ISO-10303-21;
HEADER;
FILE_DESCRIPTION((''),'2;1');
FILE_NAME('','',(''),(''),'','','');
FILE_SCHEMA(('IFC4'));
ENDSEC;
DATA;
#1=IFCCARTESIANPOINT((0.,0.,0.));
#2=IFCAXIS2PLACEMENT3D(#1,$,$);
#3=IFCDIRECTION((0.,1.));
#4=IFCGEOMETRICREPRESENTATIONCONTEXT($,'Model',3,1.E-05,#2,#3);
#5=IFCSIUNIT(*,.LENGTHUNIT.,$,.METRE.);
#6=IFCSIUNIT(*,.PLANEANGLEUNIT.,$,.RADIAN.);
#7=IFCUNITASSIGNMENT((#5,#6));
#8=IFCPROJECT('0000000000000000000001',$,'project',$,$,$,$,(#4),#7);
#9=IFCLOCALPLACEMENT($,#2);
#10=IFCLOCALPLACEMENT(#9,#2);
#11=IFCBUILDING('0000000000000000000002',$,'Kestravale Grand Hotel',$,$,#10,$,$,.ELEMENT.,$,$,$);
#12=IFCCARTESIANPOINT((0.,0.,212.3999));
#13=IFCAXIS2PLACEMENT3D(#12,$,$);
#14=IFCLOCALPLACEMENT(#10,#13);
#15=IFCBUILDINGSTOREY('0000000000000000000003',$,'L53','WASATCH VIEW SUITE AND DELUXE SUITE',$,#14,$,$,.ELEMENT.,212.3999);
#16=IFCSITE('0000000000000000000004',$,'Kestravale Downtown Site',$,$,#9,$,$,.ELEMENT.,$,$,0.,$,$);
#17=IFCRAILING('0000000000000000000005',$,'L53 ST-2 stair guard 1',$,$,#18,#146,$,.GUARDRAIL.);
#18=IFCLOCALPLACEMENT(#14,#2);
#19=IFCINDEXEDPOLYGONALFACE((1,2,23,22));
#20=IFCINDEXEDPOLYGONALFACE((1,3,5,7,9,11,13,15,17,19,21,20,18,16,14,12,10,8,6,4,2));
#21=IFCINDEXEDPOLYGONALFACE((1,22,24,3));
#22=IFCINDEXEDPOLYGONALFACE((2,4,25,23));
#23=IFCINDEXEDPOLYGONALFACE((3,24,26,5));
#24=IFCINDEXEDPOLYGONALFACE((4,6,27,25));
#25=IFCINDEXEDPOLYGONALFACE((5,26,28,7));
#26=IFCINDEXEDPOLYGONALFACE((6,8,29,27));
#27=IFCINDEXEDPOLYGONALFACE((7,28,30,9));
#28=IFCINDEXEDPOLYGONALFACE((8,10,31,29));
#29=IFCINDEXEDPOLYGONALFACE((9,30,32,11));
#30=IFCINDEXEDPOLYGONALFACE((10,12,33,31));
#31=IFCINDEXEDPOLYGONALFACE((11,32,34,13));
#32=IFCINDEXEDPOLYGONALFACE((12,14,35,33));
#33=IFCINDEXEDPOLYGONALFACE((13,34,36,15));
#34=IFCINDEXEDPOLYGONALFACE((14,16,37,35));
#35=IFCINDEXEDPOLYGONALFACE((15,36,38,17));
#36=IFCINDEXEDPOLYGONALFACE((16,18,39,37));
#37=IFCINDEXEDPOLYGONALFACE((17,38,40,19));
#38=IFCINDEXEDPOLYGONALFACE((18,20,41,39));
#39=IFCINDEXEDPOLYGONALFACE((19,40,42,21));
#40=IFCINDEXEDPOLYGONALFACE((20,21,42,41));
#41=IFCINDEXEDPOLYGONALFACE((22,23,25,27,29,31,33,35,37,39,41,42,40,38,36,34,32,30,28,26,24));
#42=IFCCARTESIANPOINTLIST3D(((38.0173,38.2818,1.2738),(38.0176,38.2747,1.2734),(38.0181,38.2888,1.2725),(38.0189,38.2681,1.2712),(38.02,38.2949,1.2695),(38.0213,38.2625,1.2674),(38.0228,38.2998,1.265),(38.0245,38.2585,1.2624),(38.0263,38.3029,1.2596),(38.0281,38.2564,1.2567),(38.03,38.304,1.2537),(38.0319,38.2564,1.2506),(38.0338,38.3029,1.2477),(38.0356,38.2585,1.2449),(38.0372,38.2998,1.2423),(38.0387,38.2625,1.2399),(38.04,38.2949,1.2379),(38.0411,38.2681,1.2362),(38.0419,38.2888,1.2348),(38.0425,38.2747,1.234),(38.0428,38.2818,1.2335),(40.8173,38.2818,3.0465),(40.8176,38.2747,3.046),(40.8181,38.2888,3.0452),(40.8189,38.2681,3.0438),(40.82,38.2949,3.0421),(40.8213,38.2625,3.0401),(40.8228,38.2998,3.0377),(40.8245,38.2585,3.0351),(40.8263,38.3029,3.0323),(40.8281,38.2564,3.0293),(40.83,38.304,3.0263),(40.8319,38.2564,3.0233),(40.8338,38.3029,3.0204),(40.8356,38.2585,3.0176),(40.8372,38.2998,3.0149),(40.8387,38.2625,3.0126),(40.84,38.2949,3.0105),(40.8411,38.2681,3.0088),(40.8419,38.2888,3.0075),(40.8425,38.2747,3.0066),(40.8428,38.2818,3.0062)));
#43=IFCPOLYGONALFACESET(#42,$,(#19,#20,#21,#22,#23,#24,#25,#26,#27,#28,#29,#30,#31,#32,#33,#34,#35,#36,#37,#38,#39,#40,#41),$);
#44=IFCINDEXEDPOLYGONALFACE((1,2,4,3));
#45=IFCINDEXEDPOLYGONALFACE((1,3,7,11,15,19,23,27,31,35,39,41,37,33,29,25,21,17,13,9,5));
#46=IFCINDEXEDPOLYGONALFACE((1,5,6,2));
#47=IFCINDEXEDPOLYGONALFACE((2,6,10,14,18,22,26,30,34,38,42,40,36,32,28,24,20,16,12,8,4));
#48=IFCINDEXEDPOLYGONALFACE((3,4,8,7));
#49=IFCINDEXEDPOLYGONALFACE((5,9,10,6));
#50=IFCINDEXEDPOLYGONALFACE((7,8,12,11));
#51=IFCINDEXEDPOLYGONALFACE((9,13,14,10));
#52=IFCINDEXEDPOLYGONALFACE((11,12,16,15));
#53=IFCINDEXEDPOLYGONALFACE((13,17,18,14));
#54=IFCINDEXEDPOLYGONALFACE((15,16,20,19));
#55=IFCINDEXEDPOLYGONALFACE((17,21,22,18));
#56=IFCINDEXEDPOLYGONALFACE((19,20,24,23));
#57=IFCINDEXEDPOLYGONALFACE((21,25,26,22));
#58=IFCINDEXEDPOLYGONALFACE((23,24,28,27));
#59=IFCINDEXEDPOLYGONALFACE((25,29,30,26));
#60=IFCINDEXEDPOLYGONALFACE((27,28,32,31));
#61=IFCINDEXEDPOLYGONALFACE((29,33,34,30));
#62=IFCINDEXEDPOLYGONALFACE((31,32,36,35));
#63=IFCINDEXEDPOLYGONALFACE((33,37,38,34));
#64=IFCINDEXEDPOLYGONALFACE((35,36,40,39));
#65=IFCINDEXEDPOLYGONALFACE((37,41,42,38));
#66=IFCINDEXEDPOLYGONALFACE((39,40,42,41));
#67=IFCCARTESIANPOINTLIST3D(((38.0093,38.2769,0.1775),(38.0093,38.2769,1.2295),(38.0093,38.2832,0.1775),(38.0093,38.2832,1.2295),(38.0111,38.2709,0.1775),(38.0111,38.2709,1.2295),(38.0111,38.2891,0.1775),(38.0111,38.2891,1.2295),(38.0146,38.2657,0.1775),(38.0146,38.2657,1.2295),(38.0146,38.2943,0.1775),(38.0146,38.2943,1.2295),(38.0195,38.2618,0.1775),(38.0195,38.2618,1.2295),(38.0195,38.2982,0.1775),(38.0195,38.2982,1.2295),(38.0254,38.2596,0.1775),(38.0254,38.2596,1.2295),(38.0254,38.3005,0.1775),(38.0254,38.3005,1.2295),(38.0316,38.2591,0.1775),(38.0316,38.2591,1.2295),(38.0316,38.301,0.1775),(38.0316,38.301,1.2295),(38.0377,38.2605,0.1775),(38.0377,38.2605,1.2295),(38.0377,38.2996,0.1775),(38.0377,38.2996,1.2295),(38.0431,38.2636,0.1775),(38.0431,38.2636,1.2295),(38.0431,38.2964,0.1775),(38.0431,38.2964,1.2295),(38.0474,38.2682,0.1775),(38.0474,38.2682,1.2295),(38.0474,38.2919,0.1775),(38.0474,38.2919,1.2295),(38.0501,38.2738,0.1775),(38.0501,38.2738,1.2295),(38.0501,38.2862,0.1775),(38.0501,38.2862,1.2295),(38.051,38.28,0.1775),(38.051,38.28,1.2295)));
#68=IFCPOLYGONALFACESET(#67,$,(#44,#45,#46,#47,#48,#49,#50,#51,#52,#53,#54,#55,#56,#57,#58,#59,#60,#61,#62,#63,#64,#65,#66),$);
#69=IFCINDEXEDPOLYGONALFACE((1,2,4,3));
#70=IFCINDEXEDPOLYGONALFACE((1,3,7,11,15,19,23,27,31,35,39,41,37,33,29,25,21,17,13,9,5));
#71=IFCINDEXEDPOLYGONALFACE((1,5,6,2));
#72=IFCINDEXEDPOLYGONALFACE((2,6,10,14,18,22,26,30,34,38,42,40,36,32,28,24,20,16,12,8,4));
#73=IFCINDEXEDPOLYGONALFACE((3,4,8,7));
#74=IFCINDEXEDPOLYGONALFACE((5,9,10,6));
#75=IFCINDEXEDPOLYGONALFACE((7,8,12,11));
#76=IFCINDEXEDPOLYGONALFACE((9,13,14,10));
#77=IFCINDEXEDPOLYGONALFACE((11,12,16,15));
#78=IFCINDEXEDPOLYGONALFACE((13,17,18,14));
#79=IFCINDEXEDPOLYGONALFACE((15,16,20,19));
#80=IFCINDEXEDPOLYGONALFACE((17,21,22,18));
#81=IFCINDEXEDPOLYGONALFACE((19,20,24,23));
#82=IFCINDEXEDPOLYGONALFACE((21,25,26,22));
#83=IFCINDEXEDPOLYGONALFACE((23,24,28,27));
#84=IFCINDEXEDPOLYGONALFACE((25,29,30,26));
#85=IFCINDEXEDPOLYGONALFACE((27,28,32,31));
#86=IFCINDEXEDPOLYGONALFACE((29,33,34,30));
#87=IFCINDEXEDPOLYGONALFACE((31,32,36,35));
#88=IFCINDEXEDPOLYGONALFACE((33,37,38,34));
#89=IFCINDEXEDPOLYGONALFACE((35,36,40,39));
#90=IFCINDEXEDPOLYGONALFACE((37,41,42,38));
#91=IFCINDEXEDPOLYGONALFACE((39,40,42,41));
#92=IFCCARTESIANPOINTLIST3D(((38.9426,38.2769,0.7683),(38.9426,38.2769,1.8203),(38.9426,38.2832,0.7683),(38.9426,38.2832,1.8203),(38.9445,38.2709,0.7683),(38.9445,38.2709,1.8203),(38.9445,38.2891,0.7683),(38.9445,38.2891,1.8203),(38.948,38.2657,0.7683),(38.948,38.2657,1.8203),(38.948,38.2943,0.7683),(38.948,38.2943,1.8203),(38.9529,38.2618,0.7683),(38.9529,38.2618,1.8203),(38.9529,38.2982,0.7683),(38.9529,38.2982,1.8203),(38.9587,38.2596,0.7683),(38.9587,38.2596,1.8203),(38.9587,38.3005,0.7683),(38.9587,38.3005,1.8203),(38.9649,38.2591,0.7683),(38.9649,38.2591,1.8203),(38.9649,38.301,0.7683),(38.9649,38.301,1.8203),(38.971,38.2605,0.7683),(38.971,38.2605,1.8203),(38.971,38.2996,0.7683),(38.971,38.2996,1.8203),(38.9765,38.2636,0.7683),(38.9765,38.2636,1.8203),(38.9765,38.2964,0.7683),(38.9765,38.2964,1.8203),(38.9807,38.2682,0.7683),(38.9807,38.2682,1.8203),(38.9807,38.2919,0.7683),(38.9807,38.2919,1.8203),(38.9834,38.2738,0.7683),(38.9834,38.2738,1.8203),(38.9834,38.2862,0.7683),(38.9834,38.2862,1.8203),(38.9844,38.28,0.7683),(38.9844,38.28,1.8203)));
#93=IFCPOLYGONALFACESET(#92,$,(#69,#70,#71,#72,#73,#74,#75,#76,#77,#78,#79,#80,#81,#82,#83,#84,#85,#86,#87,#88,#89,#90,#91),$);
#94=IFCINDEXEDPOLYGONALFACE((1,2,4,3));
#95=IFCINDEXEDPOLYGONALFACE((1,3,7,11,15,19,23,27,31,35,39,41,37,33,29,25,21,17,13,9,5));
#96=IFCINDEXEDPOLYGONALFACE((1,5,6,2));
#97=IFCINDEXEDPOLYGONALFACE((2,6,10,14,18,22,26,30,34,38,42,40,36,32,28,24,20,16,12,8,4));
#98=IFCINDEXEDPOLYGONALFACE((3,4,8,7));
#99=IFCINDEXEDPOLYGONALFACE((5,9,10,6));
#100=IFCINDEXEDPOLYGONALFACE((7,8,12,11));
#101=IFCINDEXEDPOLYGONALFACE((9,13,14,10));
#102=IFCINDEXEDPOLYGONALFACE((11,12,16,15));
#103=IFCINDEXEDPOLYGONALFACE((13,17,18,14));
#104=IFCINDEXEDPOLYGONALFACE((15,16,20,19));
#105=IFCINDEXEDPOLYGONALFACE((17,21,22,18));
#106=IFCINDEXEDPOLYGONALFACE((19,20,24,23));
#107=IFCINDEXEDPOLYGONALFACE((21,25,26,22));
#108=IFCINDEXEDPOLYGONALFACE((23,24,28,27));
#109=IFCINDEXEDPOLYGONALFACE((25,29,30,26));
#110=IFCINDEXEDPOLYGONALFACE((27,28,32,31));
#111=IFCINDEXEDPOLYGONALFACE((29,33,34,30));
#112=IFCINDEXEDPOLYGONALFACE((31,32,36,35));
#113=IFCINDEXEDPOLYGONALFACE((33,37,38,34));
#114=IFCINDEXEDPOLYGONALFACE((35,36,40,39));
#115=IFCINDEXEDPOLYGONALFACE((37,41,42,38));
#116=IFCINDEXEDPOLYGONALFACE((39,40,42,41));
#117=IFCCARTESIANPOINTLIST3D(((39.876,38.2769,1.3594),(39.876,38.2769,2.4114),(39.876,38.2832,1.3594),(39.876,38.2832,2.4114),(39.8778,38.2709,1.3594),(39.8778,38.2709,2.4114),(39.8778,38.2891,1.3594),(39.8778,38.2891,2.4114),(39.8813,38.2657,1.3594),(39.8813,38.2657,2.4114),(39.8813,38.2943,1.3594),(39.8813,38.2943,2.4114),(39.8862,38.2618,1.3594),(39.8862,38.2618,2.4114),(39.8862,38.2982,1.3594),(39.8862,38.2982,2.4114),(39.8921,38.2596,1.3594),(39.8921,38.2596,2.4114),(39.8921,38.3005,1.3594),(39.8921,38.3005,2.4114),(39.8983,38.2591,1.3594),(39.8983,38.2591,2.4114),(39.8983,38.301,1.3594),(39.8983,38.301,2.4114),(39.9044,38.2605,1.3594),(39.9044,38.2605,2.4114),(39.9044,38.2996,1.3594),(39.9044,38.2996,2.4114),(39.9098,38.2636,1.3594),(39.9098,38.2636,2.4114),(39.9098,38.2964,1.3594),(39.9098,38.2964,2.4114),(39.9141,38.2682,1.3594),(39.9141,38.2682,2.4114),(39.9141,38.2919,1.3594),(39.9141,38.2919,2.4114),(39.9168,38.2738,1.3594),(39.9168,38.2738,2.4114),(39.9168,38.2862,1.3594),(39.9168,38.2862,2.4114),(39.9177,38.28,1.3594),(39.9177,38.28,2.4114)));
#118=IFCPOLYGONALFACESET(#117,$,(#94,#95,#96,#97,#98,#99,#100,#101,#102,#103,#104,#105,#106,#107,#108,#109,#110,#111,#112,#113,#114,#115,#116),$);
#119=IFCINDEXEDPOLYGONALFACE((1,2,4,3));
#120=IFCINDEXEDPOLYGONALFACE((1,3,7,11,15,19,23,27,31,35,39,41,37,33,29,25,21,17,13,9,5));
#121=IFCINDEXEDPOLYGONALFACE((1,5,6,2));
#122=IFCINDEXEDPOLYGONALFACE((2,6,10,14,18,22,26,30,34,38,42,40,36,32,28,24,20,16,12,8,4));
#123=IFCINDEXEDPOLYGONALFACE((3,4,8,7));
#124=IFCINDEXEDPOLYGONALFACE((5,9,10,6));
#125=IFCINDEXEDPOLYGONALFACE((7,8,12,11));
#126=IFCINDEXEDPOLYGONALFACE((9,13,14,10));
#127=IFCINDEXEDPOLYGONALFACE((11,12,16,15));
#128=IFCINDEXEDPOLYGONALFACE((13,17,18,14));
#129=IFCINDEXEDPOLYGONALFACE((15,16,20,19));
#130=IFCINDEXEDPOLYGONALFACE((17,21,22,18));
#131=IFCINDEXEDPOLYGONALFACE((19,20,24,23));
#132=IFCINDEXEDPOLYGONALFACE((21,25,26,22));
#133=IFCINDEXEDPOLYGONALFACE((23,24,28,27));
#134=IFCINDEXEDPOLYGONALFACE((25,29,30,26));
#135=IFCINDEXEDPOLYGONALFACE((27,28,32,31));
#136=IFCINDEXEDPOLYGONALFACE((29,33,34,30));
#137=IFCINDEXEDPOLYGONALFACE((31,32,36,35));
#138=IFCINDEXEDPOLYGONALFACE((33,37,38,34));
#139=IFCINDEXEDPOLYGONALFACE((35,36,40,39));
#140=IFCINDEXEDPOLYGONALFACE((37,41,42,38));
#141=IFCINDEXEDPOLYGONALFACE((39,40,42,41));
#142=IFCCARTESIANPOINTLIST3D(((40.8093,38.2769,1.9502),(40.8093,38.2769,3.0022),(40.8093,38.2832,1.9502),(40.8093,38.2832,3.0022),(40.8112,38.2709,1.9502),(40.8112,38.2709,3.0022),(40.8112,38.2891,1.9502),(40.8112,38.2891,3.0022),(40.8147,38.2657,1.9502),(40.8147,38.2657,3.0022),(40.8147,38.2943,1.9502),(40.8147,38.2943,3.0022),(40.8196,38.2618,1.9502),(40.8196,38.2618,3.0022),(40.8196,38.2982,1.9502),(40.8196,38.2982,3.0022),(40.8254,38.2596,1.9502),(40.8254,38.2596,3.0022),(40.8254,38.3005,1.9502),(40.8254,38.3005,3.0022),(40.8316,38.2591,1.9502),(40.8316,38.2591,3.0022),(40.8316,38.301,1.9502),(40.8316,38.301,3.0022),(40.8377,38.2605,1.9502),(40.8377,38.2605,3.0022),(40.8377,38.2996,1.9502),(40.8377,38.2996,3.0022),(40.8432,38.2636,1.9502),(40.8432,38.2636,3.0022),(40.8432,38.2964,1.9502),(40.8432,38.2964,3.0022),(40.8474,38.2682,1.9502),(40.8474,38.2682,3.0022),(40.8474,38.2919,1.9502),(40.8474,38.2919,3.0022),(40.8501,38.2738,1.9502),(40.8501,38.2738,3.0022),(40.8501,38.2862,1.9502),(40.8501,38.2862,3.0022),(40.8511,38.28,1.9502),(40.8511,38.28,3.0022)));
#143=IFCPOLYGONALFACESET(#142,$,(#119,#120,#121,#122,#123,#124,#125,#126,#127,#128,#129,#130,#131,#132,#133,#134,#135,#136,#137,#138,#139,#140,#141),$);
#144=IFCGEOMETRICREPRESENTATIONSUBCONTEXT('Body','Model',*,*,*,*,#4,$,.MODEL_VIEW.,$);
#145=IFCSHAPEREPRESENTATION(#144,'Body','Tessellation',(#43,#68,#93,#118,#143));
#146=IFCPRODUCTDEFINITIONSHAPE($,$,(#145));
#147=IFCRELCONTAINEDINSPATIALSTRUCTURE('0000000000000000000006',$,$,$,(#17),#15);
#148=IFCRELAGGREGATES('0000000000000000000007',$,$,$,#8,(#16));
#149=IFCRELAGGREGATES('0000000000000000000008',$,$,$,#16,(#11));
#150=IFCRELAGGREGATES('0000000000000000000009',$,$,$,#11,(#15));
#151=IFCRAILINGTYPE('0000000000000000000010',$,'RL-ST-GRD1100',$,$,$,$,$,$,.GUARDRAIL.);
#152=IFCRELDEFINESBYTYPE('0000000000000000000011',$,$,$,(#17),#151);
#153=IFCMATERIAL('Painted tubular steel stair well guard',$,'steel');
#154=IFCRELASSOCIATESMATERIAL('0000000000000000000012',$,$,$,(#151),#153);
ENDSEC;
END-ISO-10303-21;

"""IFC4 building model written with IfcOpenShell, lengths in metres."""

from ifc_helpers import new_model, si_unit, direction, frame, origin, origin_2d, place, context, subcontext, project, spatial, circle, extrude, material, type_object, element, save


model = new_model("IFC4")

# Units and contexts
model_context = context("Model", 3, precision=1e-05, world=origin(), true_north=direction((0.0, 1.0)))
body_context = subcontext(model_context, "Body", "Model", "MODEL_VIEW")
ifc_project = project(units=[si_unit("LENGTHUNIT", "METRE"), si_unit("PLANEANGLEUNIT", "RADIAN")], contexts=[model_context])

# Site, building, storey
site_placement = place(None, origin())
site = spatial("IfcSite", under=ifc_project, at=site_placement, Name="Kestravale Downtown Site", CompositionType="ELEMENT", RefElevation=0.0)
building_placement = place(site_placement, origin())
building = spatial("IfcBuilding", under=site, at=building_placement, Name="Kestravale Grand Hotel", CompositionType="ELEMENT")
storey_placement = place(building_placement, frame((0.0, 0.0, 212.3999)))
storey = spatial("IfcBuildingStorey", under=building, at=storey_placement, Name="L53", Description="WASATCH VIEW SUITE AND DELUXE SUITE", CompositionType="ELEMENT", Elevation=212.3999)

# Railing
ifc_material_1 = material(Name="Painted tubular steel stair well guard", Category="steel")
railing_type_1 = type_object("IfcRailingType", Name="RL-ST-GRD1100", PredefinedType="GUARDRAIL", material=ifc_material_1)
railing_1_placement = place(storey_placement, frame((38.03, 38.28, 0.1775)))
element("IfcRailing", 1, at=railing_1_placement, inside=storey, type_object=railing_type_1, Name="L53 ST-2 stair guard 1", PredefinedType="GUARDRAIL", context=body_context, shape_type="SweptSolid", body=[
    extrude(circle(Radius=0.0239, at=origin_2d()), frame((0.0, 0.0, 1.0762), z_axis=(0.844909, 0.0, 0.53491), x_axis=(0.0, 1.0, 0.0)), (0.0, 0.0, 1.0), 3.314),
    extrude(circle(Radius=0.021, at=origin_2d()), origin(), (0.0, 0.0, 1.0), 1.052),
    extrude(circle(Radius=0.021, at=origin_2d()), frame((0.9333, 0.0, 0.5908)), (0.0, 0.0, 1.0), 1.052),
    extrude(circle(Radius=0.021, at=origin_2d()), frame((1.8667, 0.0, 1.1819)), (0.0, 0.0, 1.0), 1.052),
    extrude(circle(Radius=0.021, at=origin_2d()), frame((2.8, 0.0, 1.7727)), (0.0, 0.0, 1.0), 1.052),
])

save(model, "model.ifc")
